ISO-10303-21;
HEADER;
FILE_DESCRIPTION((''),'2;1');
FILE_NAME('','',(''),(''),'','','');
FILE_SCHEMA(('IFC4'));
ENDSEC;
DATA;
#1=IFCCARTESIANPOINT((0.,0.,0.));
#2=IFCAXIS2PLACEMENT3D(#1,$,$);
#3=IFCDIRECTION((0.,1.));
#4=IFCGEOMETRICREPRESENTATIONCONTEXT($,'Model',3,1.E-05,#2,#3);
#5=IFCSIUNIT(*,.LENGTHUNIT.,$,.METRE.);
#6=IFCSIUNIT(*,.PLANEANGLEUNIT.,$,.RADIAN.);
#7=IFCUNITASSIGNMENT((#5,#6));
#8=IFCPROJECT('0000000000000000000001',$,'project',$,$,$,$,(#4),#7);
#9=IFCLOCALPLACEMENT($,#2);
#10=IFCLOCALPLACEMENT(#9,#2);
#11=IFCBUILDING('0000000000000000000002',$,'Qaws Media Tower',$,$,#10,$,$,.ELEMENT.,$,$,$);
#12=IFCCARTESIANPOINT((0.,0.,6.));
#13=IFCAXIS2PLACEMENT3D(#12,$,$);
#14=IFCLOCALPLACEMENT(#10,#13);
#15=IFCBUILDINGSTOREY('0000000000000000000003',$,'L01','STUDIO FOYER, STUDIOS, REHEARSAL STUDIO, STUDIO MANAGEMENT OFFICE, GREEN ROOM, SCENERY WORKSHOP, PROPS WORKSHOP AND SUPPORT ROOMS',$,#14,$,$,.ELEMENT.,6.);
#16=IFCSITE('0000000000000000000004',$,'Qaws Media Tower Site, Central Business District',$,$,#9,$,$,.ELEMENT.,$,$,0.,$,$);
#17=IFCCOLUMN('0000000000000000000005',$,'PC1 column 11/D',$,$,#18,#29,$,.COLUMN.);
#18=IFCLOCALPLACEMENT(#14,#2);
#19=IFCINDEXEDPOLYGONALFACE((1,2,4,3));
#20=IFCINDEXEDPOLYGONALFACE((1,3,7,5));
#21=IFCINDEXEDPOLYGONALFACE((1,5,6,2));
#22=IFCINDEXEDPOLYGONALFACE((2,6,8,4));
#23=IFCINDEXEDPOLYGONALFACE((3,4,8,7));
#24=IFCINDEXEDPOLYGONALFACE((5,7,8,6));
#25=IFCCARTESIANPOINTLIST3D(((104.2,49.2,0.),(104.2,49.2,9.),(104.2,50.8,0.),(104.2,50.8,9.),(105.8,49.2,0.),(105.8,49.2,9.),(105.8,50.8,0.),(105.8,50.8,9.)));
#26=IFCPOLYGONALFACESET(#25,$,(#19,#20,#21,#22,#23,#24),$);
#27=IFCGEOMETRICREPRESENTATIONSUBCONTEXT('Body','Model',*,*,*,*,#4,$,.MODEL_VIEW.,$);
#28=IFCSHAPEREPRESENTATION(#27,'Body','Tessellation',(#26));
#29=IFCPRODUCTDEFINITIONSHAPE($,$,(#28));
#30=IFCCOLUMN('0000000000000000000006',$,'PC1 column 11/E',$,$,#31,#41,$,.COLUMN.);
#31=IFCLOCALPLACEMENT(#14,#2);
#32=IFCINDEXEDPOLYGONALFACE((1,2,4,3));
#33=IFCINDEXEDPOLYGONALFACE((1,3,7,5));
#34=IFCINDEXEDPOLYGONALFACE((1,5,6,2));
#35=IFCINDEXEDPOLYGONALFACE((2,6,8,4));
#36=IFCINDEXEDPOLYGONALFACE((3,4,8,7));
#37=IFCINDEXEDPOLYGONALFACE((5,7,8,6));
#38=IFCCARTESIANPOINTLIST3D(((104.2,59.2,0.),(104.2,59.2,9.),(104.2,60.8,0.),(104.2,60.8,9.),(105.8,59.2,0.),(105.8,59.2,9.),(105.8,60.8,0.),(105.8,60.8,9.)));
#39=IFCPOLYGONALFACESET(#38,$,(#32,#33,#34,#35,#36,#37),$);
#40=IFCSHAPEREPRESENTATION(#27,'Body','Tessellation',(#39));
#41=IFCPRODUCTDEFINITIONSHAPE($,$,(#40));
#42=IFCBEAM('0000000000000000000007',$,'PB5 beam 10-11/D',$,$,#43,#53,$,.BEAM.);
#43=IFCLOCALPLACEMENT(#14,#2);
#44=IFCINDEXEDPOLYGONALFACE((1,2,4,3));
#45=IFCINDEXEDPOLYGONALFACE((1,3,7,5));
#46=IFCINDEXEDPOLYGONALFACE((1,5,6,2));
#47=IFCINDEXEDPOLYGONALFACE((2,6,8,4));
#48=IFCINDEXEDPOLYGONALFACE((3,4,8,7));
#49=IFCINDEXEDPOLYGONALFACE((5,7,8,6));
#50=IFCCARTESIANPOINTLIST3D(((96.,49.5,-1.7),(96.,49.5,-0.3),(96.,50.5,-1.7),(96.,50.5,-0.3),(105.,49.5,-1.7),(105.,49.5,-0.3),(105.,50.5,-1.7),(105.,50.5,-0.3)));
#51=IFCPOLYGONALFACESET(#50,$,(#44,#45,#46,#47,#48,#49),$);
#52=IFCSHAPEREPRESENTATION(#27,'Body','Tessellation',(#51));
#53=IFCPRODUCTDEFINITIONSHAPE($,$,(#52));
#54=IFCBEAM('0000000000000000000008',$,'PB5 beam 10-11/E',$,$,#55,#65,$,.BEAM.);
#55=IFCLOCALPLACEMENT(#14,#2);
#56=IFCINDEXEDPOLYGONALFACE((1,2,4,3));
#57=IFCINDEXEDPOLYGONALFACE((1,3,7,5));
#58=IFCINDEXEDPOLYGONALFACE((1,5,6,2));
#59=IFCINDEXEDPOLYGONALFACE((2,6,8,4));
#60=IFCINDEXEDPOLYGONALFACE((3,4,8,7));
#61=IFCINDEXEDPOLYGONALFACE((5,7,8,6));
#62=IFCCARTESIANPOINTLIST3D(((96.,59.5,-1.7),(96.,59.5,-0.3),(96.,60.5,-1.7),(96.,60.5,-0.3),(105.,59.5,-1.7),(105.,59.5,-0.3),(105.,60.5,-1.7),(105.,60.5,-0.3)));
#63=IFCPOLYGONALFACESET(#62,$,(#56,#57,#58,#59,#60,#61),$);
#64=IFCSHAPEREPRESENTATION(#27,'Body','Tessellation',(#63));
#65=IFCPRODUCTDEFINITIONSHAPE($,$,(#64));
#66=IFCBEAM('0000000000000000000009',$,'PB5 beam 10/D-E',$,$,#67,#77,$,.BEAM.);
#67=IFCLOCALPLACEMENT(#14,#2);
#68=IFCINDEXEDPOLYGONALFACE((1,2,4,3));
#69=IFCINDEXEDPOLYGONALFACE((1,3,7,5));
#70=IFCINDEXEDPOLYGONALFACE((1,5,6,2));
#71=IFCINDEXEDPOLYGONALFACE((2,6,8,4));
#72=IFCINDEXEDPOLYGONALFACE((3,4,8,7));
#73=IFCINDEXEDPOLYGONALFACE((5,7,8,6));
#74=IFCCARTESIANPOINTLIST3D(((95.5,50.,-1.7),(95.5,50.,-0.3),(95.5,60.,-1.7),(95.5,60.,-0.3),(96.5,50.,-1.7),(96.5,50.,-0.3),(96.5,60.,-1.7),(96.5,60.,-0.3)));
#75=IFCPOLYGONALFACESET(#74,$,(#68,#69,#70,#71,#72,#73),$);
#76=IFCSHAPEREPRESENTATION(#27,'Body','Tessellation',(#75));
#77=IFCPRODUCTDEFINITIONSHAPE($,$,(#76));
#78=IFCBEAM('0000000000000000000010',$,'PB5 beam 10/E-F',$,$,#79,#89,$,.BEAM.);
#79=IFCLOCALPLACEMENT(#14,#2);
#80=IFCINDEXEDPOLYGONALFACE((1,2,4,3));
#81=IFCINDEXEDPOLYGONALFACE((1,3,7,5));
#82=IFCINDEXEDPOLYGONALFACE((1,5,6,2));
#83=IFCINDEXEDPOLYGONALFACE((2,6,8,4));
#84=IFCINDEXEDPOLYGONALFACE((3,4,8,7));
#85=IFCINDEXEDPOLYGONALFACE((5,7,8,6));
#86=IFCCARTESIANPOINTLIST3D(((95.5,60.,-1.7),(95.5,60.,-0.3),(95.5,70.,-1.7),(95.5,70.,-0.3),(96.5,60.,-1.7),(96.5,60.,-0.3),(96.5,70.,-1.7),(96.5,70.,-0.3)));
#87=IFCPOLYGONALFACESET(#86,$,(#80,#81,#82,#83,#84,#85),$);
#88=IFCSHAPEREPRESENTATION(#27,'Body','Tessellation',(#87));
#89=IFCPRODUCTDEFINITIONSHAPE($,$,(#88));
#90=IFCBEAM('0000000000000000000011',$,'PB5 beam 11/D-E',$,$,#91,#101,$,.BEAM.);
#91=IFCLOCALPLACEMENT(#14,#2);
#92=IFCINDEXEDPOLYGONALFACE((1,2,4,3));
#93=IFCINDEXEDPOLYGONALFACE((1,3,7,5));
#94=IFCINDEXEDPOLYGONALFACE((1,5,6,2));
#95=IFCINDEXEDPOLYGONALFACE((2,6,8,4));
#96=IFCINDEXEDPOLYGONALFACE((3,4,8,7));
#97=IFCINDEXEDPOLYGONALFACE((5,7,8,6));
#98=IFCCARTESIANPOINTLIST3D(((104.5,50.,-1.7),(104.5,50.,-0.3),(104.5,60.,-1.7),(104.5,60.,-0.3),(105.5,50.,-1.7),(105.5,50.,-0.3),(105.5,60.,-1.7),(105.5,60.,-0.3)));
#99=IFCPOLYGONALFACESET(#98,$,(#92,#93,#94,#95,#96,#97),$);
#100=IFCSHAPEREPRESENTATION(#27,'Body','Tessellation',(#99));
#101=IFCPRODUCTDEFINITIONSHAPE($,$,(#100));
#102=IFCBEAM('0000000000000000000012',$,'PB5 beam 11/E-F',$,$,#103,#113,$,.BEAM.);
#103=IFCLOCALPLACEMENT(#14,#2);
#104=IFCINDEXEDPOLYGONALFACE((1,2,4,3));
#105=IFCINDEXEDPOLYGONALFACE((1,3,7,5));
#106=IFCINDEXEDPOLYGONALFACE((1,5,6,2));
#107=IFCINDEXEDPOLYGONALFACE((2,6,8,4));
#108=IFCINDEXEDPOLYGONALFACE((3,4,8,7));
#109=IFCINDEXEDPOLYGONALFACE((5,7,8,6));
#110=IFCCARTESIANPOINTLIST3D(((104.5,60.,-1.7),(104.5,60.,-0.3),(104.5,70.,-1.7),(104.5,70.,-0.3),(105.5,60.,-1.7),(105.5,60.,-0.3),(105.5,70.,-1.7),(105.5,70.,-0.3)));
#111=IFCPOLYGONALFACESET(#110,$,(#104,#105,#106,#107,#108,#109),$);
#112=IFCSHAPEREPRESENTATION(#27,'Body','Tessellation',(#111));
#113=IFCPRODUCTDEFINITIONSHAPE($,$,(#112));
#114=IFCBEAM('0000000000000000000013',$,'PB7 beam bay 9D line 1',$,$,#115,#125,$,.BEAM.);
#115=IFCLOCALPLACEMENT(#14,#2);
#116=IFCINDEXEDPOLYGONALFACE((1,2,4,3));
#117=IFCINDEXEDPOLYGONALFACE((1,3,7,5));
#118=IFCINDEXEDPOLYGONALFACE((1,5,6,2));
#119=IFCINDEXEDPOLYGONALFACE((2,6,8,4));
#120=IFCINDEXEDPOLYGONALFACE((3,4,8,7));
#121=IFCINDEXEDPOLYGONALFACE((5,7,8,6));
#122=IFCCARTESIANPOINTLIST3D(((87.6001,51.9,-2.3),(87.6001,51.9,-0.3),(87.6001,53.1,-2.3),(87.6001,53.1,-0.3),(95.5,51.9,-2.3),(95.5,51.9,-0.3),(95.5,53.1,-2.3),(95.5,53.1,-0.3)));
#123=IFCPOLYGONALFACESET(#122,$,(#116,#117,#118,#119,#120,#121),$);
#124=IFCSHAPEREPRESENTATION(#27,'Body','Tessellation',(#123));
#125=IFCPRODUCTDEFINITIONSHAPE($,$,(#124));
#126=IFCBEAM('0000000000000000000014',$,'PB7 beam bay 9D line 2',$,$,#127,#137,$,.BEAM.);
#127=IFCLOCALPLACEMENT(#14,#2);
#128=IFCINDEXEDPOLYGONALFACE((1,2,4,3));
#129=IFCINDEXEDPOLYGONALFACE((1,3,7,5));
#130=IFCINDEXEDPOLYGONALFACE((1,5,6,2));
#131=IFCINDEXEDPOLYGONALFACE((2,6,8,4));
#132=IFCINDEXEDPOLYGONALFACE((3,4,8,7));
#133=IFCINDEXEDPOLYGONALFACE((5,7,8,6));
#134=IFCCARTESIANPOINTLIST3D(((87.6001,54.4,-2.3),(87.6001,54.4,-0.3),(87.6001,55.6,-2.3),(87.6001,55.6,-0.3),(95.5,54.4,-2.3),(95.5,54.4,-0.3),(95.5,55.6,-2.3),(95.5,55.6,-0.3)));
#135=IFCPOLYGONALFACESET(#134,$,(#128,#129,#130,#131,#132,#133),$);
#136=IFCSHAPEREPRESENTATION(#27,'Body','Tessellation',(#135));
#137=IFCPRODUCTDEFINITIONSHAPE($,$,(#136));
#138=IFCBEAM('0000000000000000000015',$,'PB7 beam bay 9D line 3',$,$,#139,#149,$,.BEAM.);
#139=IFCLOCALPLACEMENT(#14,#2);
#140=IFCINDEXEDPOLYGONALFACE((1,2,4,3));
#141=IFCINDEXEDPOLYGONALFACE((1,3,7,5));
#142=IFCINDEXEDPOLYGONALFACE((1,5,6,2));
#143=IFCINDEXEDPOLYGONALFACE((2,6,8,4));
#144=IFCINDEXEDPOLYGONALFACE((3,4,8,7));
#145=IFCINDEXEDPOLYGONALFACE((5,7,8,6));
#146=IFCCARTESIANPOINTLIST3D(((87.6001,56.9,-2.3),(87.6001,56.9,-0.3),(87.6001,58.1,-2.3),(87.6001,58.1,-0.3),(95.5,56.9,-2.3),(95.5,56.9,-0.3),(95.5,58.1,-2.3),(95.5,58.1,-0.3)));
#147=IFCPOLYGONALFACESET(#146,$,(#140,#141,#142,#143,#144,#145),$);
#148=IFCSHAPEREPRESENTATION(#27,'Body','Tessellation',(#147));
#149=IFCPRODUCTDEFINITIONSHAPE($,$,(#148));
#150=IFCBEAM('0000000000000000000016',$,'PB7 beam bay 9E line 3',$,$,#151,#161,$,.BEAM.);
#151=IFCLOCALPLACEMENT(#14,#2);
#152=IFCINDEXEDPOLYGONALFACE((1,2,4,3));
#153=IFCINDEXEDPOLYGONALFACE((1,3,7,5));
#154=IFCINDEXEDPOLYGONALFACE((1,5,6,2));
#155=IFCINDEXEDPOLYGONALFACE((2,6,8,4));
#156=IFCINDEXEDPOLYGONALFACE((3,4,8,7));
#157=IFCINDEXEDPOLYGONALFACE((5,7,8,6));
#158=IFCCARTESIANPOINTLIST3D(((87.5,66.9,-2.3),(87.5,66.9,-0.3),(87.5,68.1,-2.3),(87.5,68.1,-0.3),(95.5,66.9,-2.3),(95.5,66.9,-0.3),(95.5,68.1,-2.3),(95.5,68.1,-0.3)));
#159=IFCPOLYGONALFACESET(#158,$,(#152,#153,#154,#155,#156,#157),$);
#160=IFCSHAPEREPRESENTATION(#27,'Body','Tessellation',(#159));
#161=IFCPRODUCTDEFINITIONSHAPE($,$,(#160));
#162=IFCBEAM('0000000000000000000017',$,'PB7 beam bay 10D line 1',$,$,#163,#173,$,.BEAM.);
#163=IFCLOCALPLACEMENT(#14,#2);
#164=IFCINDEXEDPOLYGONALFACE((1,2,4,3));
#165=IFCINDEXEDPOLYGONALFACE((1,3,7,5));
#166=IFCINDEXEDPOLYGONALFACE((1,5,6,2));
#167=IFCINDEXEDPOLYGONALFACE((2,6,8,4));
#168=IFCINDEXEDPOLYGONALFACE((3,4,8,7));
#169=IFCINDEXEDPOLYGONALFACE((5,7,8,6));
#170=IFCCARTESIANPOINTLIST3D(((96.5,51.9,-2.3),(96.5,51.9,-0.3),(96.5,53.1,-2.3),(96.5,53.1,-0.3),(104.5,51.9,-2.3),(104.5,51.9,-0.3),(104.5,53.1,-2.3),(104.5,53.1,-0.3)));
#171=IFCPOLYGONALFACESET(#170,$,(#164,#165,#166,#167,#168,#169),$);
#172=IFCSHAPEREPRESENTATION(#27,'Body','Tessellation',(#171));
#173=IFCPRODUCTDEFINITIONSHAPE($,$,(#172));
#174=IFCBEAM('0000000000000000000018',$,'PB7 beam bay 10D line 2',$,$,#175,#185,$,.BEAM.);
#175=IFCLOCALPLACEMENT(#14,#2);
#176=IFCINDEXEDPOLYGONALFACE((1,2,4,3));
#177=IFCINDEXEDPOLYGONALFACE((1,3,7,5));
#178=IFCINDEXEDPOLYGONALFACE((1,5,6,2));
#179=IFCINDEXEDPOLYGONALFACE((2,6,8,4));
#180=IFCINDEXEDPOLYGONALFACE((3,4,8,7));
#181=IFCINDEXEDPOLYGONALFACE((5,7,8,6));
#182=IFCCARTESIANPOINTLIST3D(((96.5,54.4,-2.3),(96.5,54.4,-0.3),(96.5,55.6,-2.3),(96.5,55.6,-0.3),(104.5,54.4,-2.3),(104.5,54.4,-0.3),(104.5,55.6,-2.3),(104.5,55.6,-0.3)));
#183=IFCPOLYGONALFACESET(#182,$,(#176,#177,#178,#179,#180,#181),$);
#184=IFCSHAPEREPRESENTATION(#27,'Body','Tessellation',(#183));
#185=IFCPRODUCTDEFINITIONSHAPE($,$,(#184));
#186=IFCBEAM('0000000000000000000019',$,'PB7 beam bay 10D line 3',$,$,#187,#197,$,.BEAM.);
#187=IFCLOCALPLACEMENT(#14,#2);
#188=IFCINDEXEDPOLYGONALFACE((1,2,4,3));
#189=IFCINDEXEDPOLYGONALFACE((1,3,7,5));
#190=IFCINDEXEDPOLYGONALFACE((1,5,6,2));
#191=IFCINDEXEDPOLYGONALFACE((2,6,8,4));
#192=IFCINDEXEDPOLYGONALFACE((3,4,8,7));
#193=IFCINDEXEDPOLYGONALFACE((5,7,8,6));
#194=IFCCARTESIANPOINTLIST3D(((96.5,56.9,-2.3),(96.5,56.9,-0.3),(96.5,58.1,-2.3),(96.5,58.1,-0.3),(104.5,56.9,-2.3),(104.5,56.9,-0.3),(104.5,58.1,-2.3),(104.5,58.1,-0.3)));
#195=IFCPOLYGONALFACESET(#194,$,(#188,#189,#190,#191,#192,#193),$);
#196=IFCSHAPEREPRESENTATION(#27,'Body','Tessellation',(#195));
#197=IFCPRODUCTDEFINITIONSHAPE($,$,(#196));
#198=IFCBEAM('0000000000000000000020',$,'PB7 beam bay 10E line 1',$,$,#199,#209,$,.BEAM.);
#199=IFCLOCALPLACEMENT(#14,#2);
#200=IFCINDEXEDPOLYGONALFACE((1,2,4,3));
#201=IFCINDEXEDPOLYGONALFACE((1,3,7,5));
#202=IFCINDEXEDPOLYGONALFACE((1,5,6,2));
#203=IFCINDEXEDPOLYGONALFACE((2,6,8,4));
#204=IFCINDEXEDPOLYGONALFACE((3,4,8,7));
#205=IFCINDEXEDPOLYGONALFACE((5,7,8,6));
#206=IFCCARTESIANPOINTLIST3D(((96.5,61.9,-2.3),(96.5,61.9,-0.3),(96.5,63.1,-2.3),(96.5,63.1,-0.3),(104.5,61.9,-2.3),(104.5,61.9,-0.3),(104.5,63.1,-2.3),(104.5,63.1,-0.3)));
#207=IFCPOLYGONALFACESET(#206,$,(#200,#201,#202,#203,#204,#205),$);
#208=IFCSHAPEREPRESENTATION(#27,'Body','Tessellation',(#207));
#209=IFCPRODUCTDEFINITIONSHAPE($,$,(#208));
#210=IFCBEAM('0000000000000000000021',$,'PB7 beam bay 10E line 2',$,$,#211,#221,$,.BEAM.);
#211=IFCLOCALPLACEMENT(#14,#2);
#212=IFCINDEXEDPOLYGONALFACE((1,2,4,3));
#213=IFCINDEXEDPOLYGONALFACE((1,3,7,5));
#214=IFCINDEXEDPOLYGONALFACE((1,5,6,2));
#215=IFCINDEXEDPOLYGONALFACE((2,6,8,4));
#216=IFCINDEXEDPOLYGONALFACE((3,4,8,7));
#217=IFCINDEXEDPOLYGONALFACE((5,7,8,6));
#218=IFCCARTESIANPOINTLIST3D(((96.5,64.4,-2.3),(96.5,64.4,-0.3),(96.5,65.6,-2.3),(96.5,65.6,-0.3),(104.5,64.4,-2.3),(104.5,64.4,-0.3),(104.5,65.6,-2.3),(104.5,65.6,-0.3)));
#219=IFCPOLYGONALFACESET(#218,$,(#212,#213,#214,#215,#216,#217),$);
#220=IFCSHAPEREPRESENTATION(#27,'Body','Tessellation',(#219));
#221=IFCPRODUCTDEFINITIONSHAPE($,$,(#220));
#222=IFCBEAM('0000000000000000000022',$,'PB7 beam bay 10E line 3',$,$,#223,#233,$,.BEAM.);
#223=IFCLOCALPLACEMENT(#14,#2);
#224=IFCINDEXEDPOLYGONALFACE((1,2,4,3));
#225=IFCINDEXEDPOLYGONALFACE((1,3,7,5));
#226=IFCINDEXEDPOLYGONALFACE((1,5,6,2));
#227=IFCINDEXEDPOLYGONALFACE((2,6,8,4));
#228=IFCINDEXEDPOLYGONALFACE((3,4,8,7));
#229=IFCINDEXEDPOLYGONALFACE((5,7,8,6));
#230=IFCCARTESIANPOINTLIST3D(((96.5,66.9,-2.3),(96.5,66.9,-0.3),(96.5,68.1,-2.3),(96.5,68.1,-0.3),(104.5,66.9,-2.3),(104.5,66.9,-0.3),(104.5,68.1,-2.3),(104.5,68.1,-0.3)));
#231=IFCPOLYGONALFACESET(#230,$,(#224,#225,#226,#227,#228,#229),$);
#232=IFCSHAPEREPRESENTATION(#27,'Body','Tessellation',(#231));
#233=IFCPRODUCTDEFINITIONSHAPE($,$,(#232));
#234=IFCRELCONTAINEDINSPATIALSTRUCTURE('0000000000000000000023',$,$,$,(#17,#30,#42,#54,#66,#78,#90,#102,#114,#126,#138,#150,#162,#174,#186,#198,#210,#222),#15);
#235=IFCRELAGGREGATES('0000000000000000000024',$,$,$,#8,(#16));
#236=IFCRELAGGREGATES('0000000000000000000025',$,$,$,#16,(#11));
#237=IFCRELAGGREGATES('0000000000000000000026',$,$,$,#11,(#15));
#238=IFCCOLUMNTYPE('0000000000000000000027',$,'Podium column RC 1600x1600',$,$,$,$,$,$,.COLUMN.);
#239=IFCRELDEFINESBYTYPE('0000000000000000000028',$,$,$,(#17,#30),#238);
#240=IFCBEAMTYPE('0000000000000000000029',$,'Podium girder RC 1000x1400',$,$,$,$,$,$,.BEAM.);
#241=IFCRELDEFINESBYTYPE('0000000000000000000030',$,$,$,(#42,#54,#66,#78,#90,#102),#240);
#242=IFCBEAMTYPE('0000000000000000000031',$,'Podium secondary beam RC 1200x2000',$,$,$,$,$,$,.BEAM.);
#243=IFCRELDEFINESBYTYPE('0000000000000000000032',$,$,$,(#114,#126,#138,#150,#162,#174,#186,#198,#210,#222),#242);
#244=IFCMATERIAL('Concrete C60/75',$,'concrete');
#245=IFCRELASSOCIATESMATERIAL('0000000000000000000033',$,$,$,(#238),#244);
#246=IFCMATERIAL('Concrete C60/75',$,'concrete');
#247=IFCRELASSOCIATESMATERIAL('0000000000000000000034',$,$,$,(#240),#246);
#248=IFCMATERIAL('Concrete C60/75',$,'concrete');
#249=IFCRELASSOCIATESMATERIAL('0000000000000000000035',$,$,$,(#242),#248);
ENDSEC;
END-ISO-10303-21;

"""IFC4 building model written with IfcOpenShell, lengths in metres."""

from ifc_helpers import new_model, si_unit, direction, frame, origin, origin_2d, place, context, subcontext, project, spatial, rectangle, extrude, material, material_profile, profile_set, type_object, element, save


model = new_model("IFC4")

# Units and contexts
model_context = context("Model", 3, precision=1e-05, world=origin(), true_north=direction((0.0, 1.0)))
body_context = subcontext(model_context, "Body", "Model", "MODEL_VIEW")
ifc_project = project(units=[si_unit("LENGTHUNIT", "METRE"), si_unit("PLANEANGLEUNIT", "RADIAN")], contexts=[model_context])

# Site, building, storey
site_placement = place(None, origin())
site = spatial("IfcSite", under=ifc_project, at=site_placement, Name="Qaws Media Tower Site, Central Business District", CompositionType="ELEMENT", RefElevation=0.0)
building_placement = place(site_placement, origin())
building = spatial("IfcBuilding", under=site, at=building_placement, Name="Qaws Media Tower", CompositionType="ELEMENT")
storey_placement = place(building_placement, frame((0.0, 0.0, 6.0)))
storey = spatial("IfcBuildingStorey", under=building, at=storey_placement, Name="L01", Description="STUDIO FOYER, STUDIOS, REHEARSAL STUDIO, STUDIO MANAGEMENT OFFICE, GREEN ROOM, SCENERY WORKSHOP, PROPS WORKSHOP AND SUPPORT ROOMS", CompositionType="ELEMENT", Elevation=6.0)

# Columns
ifc_material_1 = material(Name="Concrete C60/75", Category="concrete")
ifc_material_profile_1 = material_profile(ifc_material_1, rectangle(XDim=1.6001, YDim=1.6001, at=origin_2d()), Name="RC 1600x1600")
ifc_profile_set_1 = profile_set([ifc_material_profile_1], Name="Concrete C60/75")
column_type = type_object("IfcColumnType", Name="Podium column RC 1600x1600", PredefinedType="COLUMN", material=ifc_profile_set_1)
for number, where, z_axis, x_axis, name in (
    (1, (105.0, 50.0, 0.0), (0.0, 0.0, 1.0), (1.0, 0.0, 0.0), "PC1 column 11/D"),
    (2, (105.0, 60.0, 0.0), (0.0, 0.0, 1.0), (1.0, 0.0, 0.0), "PC1 column 11/E"),
):
    element("IfcColumn", number, at=place(storey_placement, frame(where, z_axis=z_axis, x_axis=x_axis)), inside=storey, type_object=column_type, Name=name, PredefinedType="COLUMN", context=body_context, shape_type="SweptSolid", body=[
        extrude(rectangle(XDim=1.6001, YDim=1.6001, at=origin_2d()), origin(), (0.0, 0.0, 1.0), 9.0),
    ])

# Beams
ifc_material_2 = material(Name="Concrete C60/75", Category="concrete")
ifc_material_profile_2 = material_profile(ifc_material_2, rectangle(XDim=1.0, YDim=1.3999, at=origin_2d()), Name="RC 1000x1400")
ifc_profile_set_2 = profile_set([ifc_material_profile_2], Name="Concrete C60/75")
beam_type_1 = type_object("IfcBeamType", Name="Podium girder RC 1000x1400", PredefinedType="BEAM", material=ifc_profile_set_2)
for number, where, z_axis, x_axis, name in (
    (3, (96.0, 50.0, -1.0), (1.0, 0.0, 0.0), (0.0, 1.0, 0.0), "PB5 beam 10-11/D"),
    (4, (96.0, 60.0, -1.0), (1.0, 0.0, 0.0), (0.0, 1.0, 0.0), "PB5 beam 10-11/E"),
):
    element("IfcBeam", number, at=place(storey_placement, frame(where, z_axis=z_axis, x_axis=x_axis)), inside=storey, type_object=beam_type_1, Name=name, PredefinedType="BEAM", context=body_context, shape_type="SweptSolid", body=[
        extrude(rectangle(XDim=1.0, YDim=1.3999, at=origin_2d()), origin(), (0.0, 0.0, 1.0), 9.0),
    ])
for number, where, z_axis, x_axis, name in (
    (5, (96.0, 50.0, -1.0), (0.0, 1.0, 0.0), (-1.0, 0.0, 0.0), "PB5 beam 10/D-E"),
    (6, (96.0, 60.0, -1.0), (0.0, 1.0, 0.0), (-1.0, 0.0, 0.0), "PB5 beam 10/E-F"),
    (7, (105.0, 50.0, -1.0), (0.0, 1.0, 0.0), (-1.0, 0.0, 0.0), "PB5 beam 11/D-E"),
    (8, (105.0, 60.0, -1.0), (0.0, 1.0, 0.0), (-1.0, 0.0, 0.0), "PB5 beam 11/E-F"),
):
    element("IfcBeam", number, at=place(storey_placement, frame(where, z_axis=z_axis, x_axis=x_axis)), inside=storey, type_object=beam_type_1, Name=name, PredefinedType="BEAM", context=body_context, shape_type="SweptSolid", body=[
        extrude(rectangle(XDim=1.0, YDim=1.3999, at=origin_2d()), origin(), (0.0, 0.0, 1.0), 10.0),
    ])
ifc_material_3 = material(Name="Concrete C60/75", Category="concrete")
ifc_material_profile_3 = material_profile(ifc_material_3, rectangle(XDim=1.2, YDim=2.0, at=origin_2d()), Name="RC 1200x2000")
ifc_profile_set_3 = profile_set([ifc_material_profile_3], Name="Concrete C60/75")
beam_type_2 = type_object("IfcBeamType", Name="Podium secondary beam RC 1200x2000", PredefinedType="BEAM", material=ifc_profile_set_3)
for number, where, z_axis, x_axis, name in (
    (9, (87.6001, 52.5, -1.3), (1.0, 0.0, 0.0), (0.0, 1.0, 0.0), "PB7 beam bay 9D line 1"),
    (10, (87.6001, 55.0, -1.3), (1.0, 0.0, 0.0), (0.0, 1.0, 0.0), "PB7 beam bay 9D line 2"),
    (11, (87.6001, 57.5, -1.3), (1.0, 0.0, 0.0), (0.0, 1.0, 0.0), "PB7 beam bay 9D line 3"),
):
    element("IfcBeam", number, at=place(storey_placement, frame(where, z_axis=z_axis, x_axis=x_axis)), inside=storey, type_object=beam_type_2, Name=name, PredefinedType="BEAM", context=body_context, shape_type="SweptSolid", body=[
        extrude(rectangle(XDim=1.2, YDim=2.0, at=origin_2d()), origin(), (0.0, 0.0, 1.0), 7.8999),
    ])
for number, where, z_axis, x_axis, name in (
    (12, (87.5, 67.5, -1.3), (1.0, 0.0, 0.0), (0.0, 1.0, 0.0), "PB7 beam bay 9E line 3"),
    (13, (96.5, 52.5, -1.3), (1.0, 0.0, 0.0), (0.0, 1.0, 0.0), "PB7 beam bay 10D line 1"),
    (14, (96.5, 55.0, -1.3), (1.0, 0.0, 0.0), (0.0, 1.0, 0.0), "PB7 beam bay 10D line 2"),
    (15, (96.5, 57.5, -1.3), (1.0, 0.0, 0.0), (0.0, 1.0, 0.0), "PB7 beam bay 10D line 3"),
    (16, (96.5, 62.5, -1.3), (1.0, 0.0, 0.0), (0.0, 1.0, 0.0), "PB7 beam bay 10E line 1"),
    (17, (96.5, 65.0, -1.3), (1.0, 0.0, 0.0), (0.0, 1.0, 0.0), "PB7 beam bay 10E line 2"),
    (18, (96.5, 67.5, -1.3), (1.0, 0.0, 0.0), (0.0, 1.0, 0.0), "PB7 beam bay 10E line 3"),
):
    element("IfcBeam", number, at=place(storey_placement, frame(where, z_axis=z_axis, x_axis=x_axis)), inside=storey, type_object=beam_type_2, Name=name, PredefinedType="BEAM", context=body_context, shape_type="SweptSolid", body=[
        extrude(rectangle(XDim=1.2, YDim=2.0, at=origin_2d()), origin(), (0.0, 0.0, 1.0), 8.0),
    ])

save(model, "model.ifc")
